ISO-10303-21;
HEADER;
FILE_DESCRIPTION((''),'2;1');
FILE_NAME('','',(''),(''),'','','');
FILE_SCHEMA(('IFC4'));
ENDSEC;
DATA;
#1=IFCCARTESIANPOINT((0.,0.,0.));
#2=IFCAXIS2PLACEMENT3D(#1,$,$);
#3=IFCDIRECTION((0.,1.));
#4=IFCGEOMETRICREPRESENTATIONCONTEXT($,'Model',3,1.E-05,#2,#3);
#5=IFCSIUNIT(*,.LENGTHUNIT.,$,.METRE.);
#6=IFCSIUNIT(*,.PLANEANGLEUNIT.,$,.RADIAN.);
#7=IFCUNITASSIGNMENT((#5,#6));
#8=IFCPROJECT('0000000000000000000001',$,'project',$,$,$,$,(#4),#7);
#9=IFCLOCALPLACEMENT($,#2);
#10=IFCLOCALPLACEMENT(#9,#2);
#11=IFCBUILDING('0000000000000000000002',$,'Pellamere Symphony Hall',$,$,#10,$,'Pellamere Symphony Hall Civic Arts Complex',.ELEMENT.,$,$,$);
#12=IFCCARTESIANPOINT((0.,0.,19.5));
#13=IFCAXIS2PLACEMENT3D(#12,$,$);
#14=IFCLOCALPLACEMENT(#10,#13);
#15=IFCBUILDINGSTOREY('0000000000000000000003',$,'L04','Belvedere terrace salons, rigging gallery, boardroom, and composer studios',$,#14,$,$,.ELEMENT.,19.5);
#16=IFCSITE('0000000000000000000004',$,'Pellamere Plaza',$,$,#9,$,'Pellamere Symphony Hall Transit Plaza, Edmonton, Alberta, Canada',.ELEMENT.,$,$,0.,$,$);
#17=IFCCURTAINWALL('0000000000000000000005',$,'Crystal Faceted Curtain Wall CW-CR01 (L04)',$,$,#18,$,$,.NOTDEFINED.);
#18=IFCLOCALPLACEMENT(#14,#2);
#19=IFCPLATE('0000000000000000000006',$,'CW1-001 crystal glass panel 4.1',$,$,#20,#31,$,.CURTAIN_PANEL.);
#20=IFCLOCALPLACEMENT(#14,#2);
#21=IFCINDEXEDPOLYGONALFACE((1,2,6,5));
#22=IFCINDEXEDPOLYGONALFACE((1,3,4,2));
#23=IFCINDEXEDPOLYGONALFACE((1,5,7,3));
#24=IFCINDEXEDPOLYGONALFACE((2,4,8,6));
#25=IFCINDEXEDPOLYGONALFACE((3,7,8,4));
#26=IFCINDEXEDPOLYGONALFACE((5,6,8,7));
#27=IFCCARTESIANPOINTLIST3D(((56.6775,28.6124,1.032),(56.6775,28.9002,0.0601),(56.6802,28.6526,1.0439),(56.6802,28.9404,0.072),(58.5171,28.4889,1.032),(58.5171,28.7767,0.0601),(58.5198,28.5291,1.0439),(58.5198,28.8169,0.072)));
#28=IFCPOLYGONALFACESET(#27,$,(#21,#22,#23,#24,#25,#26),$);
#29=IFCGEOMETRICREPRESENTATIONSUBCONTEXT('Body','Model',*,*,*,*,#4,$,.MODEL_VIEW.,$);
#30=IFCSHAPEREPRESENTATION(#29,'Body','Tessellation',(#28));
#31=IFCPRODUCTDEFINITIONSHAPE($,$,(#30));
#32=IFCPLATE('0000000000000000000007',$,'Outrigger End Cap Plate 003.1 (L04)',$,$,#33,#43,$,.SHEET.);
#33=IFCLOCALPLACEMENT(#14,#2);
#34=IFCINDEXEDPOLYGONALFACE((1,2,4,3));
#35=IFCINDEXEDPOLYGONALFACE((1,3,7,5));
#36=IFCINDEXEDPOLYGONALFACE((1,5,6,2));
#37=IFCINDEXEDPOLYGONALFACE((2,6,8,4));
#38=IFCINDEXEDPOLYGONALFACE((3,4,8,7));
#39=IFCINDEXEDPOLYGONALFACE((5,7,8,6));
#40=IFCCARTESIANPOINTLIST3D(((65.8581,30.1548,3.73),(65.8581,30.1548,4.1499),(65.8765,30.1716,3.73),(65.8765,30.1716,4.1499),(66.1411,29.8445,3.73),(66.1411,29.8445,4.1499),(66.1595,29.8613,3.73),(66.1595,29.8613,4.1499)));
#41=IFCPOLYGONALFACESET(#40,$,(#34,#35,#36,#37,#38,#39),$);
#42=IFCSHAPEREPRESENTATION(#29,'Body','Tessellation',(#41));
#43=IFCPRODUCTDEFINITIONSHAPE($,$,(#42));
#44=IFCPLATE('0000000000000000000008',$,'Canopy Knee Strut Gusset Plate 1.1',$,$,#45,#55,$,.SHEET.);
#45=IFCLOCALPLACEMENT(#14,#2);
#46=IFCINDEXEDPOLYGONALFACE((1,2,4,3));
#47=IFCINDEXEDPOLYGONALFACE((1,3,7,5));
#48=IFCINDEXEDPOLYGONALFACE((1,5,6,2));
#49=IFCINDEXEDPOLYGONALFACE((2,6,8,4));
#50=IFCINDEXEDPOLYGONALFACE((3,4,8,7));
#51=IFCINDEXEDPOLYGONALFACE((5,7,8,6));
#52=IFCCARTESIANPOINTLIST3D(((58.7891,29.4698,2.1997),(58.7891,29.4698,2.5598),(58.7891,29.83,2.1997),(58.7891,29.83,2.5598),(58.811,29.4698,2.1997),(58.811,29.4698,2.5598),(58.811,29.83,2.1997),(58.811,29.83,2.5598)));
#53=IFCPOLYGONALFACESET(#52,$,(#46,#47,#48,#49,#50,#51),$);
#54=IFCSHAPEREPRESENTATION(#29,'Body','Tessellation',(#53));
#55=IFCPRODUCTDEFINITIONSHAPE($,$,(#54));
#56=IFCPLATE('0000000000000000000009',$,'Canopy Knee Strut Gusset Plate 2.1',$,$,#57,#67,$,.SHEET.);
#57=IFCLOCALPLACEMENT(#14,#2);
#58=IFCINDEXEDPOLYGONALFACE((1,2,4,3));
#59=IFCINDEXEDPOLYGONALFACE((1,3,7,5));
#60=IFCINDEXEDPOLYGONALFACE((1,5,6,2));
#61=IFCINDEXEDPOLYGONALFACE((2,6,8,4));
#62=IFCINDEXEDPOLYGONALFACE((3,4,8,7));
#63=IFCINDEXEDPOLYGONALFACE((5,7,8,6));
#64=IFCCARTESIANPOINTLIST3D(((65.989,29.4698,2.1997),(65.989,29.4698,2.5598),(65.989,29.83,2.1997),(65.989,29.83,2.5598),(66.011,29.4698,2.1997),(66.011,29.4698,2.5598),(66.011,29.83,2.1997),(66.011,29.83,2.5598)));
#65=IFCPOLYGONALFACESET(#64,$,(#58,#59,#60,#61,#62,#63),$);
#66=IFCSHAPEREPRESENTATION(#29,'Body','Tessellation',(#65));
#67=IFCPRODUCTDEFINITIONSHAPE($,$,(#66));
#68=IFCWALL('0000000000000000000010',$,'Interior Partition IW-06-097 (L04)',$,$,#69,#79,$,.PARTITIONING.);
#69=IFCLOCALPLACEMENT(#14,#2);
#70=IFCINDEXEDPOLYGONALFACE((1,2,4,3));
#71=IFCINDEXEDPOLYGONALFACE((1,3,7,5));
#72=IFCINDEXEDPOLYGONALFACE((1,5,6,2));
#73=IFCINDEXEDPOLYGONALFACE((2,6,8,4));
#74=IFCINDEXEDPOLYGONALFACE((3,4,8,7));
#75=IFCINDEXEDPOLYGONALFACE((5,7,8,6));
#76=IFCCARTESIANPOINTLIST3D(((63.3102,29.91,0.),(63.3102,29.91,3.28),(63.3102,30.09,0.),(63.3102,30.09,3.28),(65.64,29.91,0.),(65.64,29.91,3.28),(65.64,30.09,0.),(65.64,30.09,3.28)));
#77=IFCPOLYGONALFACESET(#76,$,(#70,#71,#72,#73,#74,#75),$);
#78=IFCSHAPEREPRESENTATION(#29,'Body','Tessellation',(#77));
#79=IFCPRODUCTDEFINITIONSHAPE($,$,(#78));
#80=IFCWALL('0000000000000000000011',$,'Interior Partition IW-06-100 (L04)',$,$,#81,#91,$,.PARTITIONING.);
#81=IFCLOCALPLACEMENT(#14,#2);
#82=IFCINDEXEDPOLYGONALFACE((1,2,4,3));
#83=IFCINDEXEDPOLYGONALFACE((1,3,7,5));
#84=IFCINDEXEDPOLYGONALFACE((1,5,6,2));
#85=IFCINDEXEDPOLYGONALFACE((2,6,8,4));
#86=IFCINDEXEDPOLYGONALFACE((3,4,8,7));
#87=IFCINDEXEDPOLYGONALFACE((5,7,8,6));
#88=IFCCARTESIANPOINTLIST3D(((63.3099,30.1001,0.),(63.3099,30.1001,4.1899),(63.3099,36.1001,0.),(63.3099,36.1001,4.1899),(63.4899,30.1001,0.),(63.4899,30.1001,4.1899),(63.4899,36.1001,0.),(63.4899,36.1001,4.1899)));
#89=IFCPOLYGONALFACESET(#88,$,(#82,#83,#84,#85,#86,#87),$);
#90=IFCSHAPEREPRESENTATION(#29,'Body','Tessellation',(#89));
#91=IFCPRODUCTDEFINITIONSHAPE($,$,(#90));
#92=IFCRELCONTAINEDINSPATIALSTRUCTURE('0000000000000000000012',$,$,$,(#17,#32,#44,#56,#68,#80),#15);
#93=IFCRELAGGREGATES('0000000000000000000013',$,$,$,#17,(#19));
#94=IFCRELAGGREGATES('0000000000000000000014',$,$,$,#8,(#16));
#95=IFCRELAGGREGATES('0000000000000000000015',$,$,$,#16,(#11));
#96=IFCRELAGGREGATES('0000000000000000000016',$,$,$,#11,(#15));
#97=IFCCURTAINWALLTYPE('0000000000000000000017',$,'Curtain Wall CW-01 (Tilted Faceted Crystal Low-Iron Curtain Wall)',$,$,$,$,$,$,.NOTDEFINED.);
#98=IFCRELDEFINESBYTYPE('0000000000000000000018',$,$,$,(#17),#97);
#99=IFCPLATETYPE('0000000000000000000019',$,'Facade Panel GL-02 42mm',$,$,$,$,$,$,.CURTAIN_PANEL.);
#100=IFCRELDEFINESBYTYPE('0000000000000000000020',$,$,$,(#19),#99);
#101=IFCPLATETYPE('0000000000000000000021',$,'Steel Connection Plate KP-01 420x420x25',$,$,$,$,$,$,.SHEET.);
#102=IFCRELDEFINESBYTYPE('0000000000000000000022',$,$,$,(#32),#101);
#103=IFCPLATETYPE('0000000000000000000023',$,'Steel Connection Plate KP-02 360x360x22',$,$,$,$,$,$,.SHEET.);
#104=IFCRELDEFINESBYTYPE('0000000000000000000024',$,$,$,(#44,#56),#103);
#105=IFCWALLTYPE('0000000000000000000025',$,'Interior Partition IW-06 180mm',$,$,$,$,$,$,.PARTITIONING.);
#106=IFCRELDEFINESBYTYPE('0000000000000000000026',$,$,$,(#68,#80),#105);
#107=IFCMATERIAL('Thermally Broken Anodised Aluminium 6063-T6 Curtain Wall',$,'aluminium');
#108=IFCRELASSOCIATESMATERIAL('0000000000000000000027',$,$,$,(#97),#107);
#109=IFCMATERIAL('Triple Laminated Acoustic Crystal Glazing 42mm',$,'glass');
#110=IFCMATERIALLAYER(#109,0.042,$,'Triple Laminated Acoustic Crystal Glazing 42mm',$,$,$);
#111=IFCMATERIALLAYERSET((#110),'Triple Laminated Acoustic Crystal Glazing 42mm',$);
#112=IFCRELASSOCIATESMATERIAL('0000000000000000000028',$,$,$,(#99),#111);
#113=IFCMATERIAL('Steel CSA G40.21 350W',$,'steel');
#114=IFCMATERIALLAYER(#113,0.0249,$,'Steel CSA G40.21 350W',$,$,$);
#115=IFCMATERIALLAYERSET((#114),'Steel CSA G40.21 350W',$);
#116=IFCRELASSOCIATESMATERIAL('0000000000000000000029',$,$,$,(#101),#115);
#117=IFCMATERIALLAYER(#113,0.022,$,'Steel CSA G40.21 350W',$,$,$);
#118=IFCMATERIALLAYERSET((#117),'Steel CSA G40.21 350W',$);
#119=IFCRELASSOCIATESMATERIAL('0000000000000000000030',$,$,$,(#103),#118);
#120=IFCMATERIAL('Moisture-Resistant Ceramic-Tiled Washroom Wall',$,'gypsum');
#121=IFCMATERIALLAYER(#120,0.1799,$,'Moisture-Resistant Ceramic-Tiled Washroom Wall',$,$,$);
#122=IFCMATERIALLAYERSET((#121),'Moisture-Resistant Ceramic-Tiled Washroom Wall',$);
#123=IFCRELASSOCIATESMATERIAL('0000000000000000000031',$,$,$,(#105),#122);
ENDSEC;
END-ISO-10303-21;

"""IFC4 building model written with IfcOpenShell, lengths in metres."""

from ifc_helpers import new_model, si_unit, direction, frame, frame_2d, origin, origin_2d, place, context, subcontext, project, spatial, polyline, rectangle, outline, extrude, material, layer, layer_set, type_object, element, aggregate, save


model = new_model("IFC4")

# Units and contexts
model_context = context("Model", 3, precision=1e-05, world=origin(), true_north=direction((0.0, 1.0)))
body_context = subcontext(model_context, "Body", "Model", "MODEL_VIEW")
ifc_project = project(units=[si_unit("LENGTHUNIT", "METRE"), si_unit("PLANEANGLEUNIT", "RADIAN")], contexts=[model_context])

# Site, building, storey
site_placement = place(None, origin())
site = spatial("IfcSite", under=ifc_project, at=site_placement, Name="Pellamere Plaza", LongName="Pellamere Symphony Hall Transit Plaza, Edmonton, Alberta, Canada", CompositionType="ELEMENT", RefElevation=0.0)
building_placement = place(site_placement, origin())
building = spatial("IfcBuilding", under=site, at=building_placement, Name="Pellamere Symphony Hall", LongName="Pellamere Symphony Hall Civic Arts Complex", CompositionType="ELEMENT")
storey_placement = place(building_placement, frame((0.0, 0.0, 19.5)))
storey = spatial("IfcBuildingStorey", under=building, at=storey_placement, Name="L04", Description="Belvedere terrace salons, rigging gallery, boardroom, and composer studios", CompositionType="ELEMENT", Elevation=19.5)

# Curtain wall
ifc_material_1 = material(Name="Thermally Broken Anodised Aluminium 6063-T6 Curtain Wall", Category="aluminium")
curtain_wall_type = type_object("IfcCurtainWallType", Name="Curtain Wall CW-01 (Tilted Faceted Crystal Low-Iron Curtain Wall)", PredefinedType="NOTDEFINED", material=ifc_material_1)
curtain_wall_placement = place(storey_placement, origin())
curtain_wall = element("IfcCurtainWall", 1, at=curtain_wall_placement, inside=storey, type_object=curtain_wall_type, Name="Crystal Faceted Curtain Wall CW-CR01 (L04)", PredefinedType="NOTDEFINED")

# Shared definitions
ifc_material_2 = material(Name="Steel CSA G40.21 350W", Category="steel")

# Plate
ifc_material_3 = material(Name="Triple Laminated Acoustic Crystal Glazing 42mm", Category="glass")
ifc_layer_1 = layer(ifc_material_3, 0.042, Name="Triple Laminated Acoustic Crystal Glazing 42mm")
ifc_layer_set_1 = layer_set([ifc_layer_1], Name="Triple Laminated Acoustic Crystal Glazing 42mm")
plate_type_1 = type_object("IfcPlateType", Name="Facade Panel GL-02 42mm", PredefinedType="CURTAIN_PANEL", material=ifc_layer_set_1)
plate_1_placement = place(storey_placement, frame((56.6802, 28.9404, 0.072), z_axis=(0.064256, 0.956853, 0.283378), x_axis=(0.997753, -0.067002, 0.0)))
plate_1 = element("IfcPlate", 2, at=plate_1_placement, type_object=plate_type_1, Name="CW1-001 crystal glass panel 4.1", PredefinedType="CURTAIN_PANEL", context=body_context, shape_type="SweptSolid", body=[
    extrude(outline(polyline([(0.0, 0.0), (1.8437, 0.0), (1.863, -1.0135), (0.0193, -1.0135), (0.0, 0.0)])), origin(), (0.0, 0.0, -1.0), 0.042),
])
aggregate(curtain_wall, [plate_1])

# Plates
ifc_layer_2 = layer(ifc_material_2, 0.0249, Name="Steel CSA G40.21 350W")
ifc_layer_set_2 = layer_set([ifc_layer_2], Name="Steel CSA G40.21 350W")
plate_type_2 = type_object("IfcPlateType", Name="Steel Connection Plate KP-01 420x420x25", PredefinedType="SHEET", material=ifc_layer_set_2)
plate_2_placement = place(storey_placement, frame((66.0088, 30.0081, 3.73), z_axis=(0.0, 0.0, 1.0), x_axis=(-0.738926, -0.673787, 0.0)))
element("IfcPlate", 3, at=plate_2_placement, inside=storey, type_object=plate_type_2, Name="Outrigger End Cap Plate 003.1 (L04)", PredefinedType="SHEET", context=body_context, shape_type="SweptSolid", body=[
    extrude(rectangle(XDim=0.0249, YDim=0.4199, at=origin_2d()), origin(), (0.0, 0.0, 1.0), 0.4199),
])
ifc_layer_3 = layer(ifc_material_2, 0.022, Name="Steel CSA G40.21 350W")
ifc_layer_set_3 = layer_set([ifc_layer_3], Name="Steel CSA G40.21 350W")
plate_type_3 = type_object("IfcPlateType", Name="Steel Connection Plate KP-02 360x360x22", PredefinedType="SHEET", material=ifc_layer_set_3)
for number, where, z_axis, x_axis, name in (
    (4, (58.8, 29.6499, 2.1997), (0.0, 0.0, 1.0), (1.0, 0.0, 0.0), "Canopy Knee Strut Gusset Plate 1.1"),
    (5, (66.0, 29.6499, 2.1997), (0.0, 0.0, 1.0), (1.0, 0.0, 0.0), "Canopy Knee Strut Gusset Plate 2.1"),
):
    element("IfcPlate", number, at=place(storey_placement, frame(where, z_axis=z_axis, x_axis=x_axis)), inside=storey, type_object=plate_type_3, Name=name, PredefinedType="SHEET", context=body_context, shape_type="SweptSolid", body=[
        extrude(rectangle(XDim=0.022, YDim=0.3601, at=origin_2d()), origin(), (0.0, 0.0, 1.0), 0.3601),
    ])

# Walls
ifc_material_4 = material(Name="Moisture-Resistant Ceramic-Tiled Washroom Wall", Category="gypsum")
ifc_layer_4 = layer(ifc_material_4, 0.1799, Name="Moisture-Resistant Ceramic-Tiled Washroom Wall")
ifc_layer_set_4 = layer_set([ifc_layer_4], Name="Moisture-Resistant Ceramic-Tiled Washroom Wall")
wall_type = type_object("IfcWallType", Name="Interior Partition IW-06 180mm", PredefinedType="PARTITIONING", material=ifc_layer_set_4)
wall_1_placement = place(storey_placement, frame((63.3101, 30.0, 0.0), z_axis=(0.0, 0.0, 1.0), x_axis=(1.0, 0.0, 0.0)))
element("IfcWall", 6, at=wall_1_placement, inside=storey, type_object=wall_type, Name="Interior Partition IW-06-097 (L04)", PredefinedType="PARTITIONING", context=body_context, shape_type="SweptSolid", body=[
    extrude(rectangle(XDim=2.3298, YDim=0.1799, at=frame_2d((1.165, 0.0))), origin(), (0.0, 0.0, 1.0), 3.28),
])
wall_2_placement = place(storey_placement, frame((63.3999, 30.1001, 0.0), z_axis=(0.0, 0.0, 1.0), x_axis=(0.0, 1.0, 0.0)))
element("IfcWall", 7, at=wall_2_placement, inside=storey, type_object=wall_type, Name="Interior Partition IW-06-100 (L04)", PredefinedType="PARTITIONING", context=body_context, shape_type="SweptSolid", body=[
    extrude(rectangle(XDim=6.0, YDim=0.1799, at=frame_2d((3.0, 0.0))), origin(), (0.0, 0.0, 1.0), 4.1899),
])

save(model, "model.ifc")
